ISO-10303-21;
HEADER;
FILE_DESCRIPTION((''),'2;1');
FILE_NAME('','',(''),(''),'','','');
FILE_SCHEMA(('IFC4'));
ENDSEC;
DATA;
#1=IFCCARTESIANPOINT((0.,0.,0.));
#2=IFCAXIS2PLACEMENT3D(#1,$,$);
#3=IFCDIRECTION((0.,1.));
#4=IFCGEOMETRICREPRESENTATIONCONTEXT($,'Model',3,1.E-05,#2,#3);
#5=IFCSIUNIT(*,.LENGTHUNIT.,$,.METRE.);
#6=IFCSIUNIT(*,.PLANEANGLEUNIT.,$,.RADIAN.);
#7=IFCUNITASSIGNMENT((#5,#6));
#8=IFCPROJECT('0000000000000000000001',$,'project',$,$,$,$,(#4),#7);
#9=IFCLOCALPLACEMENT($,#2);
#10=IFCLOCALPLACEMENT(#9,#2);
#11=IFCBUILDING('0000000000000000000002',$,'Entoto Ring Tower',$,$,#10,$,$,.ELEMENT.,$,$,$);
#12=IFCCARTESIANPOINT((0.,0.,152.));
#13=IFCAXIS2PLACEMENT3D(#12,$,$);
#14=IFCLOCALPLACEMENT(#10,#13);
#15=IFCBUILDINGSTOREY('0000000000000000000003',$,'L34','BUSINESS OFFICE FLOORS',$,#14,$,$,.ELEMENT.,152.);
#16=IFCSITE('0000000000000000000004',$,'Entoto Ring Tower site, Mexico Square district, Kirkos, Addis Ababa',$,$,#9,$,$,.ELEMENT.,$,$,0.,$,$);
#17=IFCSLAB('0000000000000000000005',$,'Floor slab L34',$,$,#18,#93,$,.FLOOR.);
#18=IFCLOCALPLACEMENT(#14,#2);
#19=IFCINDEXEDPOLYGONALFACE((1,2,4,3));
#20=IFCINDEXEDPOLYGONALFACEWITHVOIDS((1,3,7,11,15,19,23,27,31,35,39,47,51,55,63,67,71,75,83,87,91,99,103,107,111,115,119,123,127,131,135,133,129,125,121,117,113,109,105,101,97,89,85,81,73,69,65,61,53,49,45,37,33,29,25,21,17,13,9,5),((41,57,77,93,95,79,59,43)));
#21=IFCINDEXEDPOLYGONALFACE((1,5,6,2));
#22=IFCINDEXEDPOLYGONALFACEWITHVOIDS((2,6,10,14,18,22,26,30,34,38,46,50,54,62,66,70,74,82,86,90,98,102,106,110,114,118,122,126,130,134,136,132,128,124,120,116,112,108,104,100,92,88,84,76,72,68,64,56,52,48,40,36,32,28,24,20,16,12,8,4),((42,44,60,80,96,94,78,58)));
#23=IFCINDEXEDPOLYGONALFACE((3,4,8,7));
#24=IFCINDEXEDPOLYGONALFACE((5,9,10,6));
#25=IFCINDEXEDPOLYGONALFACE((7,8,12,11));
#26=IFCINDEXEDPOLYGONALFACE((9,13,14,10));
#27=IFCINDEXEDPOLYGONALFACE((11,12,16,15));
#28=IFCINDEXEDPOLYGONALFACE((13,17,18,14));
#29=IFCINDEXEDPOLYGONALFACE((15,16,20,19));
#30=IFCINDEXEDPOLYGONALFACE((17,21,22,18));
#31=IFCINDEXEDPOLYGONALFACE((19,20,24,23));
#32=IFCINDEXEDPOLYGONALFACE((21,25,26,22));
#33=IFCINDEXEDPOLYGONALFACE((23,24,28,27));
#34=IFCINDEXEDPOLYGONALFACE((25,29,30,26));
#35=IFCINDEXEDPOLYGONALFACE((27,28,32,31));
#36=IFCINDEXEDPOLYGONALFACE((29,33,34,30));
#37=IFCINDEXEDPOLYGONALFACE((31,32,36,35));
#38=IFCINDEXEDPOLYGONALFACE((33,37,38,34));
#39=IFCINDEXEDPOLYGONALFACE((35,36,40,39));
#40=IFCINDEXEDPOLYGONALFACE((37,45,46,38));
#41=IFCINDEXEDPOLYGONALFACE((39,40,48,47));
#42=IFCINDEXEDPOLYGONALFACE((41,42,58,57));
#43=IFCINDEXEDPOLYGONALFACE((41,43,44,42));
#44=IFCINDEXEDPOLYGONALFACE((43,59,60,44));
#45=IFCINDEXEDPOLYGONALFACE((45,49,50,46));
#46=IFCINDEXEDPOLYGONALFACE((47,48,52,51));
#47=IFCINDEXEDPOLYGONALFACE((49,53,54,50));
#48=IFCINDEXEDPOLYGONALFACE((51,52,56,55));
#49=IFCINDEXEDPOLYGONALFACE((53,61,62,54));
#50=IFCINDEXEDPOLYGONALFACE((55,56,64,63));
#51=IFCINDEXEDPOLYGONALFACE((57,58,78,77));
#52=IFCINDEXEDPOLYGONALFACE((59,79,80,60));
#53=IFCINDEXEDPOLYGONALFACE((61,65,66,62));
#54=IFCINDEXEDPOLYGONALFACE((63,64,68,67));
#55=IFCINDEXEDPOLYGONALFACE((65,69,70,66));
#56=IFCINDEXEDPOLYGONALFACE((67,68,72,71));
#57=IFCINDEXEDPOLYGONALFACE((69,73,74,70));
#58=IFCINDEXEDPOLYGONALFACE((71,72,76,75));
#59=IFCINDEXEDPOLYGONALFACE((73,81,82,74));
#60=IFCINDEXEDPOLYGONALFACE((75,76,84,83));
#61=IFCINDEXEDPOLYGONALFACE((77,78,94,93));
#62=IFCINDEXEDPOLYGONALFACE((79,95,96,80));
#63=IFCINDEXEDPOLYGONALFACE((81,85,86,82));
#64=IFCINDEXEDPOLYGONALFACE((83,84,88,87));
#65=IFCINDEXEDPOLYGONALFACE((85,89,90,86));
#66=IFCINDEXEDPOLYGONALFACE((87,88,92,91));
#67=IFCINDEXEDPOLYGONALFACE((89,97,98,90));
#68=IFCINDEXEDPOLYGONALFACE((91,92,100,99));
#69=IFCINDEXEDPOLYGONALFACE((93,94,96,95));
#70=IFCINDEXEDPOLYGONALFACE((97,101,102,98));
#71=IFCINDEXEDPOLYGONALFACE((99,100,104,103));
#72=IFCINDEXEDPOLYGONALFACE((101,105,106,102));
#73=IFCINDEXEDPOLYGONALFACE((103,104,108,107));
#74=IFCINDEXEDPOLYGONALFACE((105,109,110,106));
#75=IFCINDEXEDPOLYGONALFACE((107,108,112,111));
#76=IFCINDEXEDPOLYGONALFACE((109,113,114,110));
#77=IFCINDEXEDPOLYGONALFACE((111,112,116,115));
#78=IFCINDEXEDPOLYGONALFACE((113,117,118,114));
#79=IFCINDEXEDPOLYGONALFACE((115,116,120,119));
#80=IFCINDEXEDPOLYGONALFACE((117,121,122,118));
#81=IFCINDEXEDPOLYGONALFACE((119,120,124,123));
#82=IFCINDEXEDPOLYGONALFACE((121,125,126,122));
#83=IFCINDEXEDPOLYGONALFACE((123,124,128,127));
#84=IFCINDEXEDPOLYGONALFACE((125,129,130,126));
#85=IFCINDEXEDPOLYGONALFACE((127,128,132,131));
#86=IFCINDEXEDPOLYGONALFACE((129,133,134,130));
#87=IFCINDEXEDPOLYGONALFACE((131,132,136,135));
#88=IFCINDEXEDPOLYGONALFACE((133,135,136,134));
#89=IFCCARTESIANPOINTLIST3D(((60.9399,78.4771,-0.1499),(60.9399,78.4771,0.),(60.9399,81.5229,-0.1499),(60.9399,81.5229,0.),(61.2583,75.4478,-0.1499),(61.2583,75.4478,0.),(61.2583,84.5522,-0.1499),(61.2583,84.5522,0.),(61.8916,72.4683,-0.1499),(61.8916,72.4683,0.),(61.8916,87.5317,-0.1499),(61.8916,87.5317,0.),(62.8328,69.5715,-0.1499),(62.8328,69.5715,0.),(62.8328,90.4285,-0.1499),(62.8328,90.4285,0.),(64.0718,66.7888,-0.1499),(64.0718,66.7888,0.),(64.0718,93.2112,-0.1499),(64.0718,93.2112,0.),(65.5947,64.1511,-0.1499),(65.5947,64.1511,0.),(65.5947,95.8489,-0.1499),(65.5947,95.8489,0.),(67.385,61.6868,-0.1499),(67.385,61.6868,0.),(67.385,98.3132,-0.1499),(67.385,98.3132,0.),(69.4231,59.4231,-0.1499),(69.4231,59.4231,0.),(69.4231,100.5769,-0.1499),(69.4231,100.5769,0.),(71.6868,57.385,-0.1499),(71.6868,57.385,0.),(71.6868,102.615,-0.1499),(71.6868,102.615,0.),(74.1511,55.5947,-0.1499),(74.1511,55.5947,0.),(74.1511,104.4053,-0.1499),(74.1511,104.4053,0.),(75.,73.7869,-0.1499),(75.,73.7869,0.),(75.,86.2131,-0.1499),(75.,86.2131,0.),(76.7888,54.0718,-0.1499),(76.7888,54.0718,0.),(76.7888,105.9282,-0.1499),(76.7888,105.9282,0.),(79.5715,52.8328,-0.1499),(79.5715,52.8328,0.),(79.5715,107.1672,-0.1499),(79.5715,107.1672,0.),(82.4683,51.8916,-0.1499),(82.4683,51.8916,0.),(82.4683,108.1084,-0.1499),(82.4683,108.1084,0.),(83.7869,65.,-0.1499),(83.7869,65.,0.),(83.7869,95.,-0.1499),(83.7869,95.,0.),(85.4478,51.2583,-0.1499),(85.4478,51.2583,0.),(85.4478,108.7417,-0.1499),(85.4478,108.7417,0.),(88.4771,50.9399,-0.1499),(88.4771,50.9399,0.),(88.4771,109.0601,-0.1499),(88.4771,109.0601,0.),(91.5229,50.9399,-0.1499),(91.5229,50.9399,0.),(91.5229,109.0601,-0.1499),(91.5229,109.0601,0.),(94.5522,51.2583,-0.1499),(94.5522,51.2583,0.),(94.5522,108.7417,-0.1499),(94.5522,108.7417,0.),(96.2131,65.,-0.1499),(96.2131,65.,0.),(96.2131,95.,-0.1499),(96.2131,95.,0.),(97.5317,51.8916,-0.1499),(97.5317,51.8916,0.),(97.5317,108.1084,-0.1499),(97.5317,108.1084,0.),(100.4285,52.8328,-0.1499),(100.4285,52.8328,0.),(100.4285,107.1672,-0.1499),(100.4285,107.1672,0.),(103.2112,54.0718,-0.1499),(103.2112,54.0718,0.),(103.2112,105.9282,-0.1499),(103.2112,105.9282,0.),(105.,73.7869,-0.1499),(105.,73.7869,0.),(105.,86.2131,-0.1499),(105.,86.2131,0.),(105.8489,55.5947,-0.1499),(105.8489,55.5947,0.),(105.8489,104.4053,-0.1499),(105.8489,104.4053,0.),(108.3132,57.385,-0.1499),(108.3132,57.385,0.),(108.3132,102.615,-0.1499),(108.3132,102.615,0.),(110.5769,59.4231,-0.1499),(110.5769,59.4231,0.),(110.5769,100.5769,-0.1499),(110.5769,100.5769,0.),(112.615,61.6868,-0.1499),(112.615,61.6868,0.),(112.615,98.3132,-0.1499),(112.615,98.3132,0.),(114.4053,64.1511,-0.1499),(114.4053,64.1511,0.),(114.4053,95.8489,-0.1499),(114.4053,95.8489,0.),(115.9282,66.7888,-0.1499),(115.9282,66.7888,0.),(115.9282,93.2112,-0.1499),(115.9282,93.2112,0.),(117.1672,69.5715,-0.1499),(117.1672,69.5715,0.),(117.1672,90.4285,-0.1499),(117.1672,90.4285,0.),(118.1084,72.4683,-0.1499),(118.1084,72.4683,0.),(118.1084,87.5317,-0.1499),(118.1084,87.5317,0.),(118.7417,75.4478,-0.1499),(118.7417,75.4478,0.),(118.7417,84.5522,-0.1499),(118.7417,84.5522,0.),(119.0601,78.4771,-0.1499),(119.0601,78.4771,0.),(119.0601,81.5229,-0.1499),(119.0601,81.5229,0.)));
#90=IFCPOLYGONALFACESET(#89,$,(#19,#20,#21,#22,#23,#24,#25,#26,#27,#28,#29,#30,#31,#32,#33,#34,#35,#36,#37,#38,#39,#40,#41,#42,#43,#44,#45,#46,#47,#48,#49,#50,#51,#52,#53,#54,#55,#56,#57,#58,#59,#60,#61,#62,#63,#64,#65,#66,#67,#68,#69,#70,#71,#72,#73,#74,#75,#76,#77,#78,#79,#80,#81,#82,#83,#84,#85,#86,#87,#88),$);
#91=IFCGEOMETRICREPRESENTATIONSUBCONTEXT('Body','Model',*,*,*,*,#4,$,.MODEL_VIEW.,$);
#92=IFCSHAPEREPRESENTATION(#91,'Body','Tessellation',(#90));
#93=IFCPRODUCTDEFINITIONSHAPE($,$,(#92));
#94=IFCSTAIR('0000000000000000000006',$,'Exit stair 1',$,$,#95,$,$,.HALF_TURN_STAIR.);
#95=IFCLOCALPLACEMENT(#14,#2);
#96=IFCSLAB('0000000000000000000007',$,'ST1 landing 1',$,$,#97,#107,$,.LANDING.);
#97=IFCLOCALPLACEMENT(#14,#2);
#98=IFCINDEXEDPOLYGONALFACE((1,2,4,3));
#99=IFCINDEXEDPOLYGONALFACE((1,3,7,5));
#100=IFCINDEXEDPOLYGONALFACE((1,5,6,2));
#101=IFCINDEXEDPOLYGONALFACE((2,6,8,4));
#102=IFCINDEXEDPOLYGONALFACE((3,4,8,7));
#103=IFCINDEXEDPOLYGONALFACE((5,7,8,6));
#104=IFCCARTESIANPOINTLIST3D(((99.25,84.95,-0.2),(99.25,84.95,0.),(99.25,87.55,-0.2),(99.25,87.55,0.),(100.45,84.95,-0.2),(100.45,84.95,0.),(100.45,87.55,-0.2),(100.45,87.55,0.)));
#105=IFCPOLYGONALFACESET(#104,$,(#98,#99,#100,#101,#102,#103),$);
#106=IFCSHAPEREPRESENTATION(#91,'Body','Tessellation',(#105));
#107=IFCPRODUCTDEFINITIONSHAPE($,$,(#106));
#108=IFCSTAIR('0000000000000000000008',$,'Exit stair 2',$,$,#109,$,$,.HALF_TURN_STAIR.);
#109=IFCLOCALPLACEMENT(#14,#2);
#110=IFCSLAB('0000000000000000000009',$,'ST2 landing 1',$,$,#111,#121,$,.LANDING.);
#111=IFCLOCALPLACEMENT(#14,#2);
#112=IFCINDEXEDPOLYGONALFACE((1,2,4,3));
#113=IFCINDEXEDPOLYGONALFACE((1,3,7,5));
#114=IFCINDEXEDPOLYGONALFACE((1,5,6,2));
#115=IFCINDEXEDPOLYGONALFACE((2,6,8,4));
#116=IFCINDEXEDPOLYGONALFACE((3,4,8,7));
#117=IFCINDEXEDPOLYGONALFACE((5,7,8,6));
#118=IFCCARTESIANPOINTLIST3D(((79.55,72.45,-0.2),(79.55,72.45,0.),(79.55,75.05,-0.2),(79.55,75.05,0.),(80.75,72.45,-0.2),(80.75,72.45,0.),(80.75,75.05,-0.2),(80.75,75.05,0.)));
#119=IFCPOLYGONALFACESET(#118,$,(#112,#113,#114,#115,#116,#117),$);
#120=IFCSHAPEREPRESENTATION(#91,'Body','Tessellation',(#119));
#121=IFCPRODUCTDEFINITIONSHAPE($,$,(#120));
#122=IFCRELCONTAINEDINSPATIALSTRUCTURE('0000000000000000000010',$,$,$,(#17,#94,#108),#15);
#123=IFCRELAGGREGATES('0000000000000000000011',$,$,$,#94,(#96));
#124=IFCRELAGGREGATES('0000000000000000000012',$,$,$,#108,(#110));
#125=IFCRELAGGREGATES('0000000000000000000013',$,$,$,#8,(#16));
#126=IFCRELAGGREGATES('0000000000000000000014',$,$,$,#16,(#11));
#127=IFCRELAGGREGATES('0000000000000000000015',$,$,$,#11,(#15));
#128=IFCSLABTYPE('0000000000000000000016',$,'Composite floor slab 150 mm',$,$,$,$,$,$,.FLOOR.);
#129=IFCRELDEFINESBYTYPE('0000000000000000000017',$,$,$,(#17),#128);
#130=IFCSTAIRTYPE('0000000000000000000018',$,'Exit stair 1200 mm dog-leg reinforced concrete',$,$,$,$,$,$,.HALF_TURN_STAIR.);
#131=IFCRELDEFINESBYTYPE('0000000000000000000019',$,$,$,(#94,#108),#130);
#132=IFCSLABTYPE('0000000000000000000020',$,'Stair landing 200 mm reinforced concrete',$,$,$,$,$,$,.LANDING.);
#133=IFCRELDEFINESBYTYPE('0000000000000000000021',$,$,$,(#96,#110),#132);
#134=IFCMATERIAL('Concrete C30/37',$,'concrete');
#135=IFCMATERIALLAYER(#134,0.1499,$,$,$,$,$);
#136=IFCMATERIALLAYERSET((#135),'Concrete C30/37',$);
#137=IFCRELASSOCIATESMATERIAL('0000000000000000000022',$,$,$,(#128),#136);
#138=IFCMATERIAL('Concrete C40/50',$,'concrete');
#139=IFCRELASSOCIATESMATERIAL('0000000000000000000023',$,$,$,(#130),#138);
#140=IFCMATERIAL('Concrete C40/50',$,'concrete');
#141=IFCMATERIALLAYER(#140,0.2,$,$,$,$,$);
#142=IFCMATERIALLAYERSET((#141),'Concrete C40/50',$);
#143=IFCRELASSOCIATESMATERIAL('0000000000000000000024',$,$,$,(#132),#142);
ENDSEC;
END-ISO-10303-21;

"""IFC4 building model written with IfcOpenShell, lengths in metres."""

from ifc_helpers import new_model, si_unit, direction, frame, origin, place, context, subcontext, project, spatial, polyline, outline, extrude, material, layer, layer_set, type_object, element, aggregate, save


model = new_model("IFC4")

# Units and contexts
model_context = context("Model", 3, precision=1e-05, world=origin(), true_north=direction((0.0, 1.0)))
body_context = subcontext(model_context, "Body", "Model", "MODEL_VIEW")
ifc_project = project(units=[si_unit("LENGTHUNIT", "METRE"), si_unit("PLANEANGLEUNIT", "RADIAN")], contexts=[model_context])

# Site, building, storey
site_placement = place(None, origin())
building_placement = place(site_placement, origin())
storey_placement = place(building_placement, frame((0.0, 0.0, 152.0)))
site = spatial("IfcSite", under=ifc_project, at=site_placement, Name="Entoto Ring Tower site, Mexico Square district, Kirkos, Addis Ababa", CompositionType="ELEMENT", RefElevation=0.0)
building = spatial("IfcBuilding", under=site, at=building_placement, Name="Entoto Ring Tower", CompositionType="ELEMENT")
storey = spatial("IfcBuildingStorey", under=building, at=storey_placement, Name="L34", Description="BUSINESS OFFICE FLOORS", CompositionType="ELEMENT", Elevation=152.0)

# Slab
ifc_material_1 = material(Name="Concrete C30/37", Category="concrete")
ifc_layer_1 = layer(ifc_material_1, 0.1499)
ifc_layer_set_1 = layer_set([ifc_layer_1], Name="Concrete C30/37")
slab_type_1 = type_object("IfcSlabType", Name="Composite floor slab 150 mm", PredefinedType="FLOOR", material=ifc_layer_set_1)
slab_1_placement = place(storey_placement, frame((0.0, 0.0, -0.1499)))
element("IfcSlab", 1, at=slab_1_placement, inside=storey, type_object=slab_type_1, Name="Floor slab L34", PredefinedType="FLOOR", context=body_context, shape_type="SweptSolid", body=[
    extrude(outline(polyline([(118.7417, 84.5522), (118.1084, 87.5317), (117.1672, 90.4285), (115.9282, 93.2112), (114.4053, 95.8489), (112.615, 98.3132), (110.5769, 100.5769), (108.3132, 102.615), (105.8489, 104.4053), (103.2112, 105.9282), (100.4285, 107.1672), (97.5317, 108.1084), (94.5522, 108.7417), (91.5229, 109.0601), (88.4771, 109.0601), (85.4478, 108.7417), (82.4683, 108.1084), (79.5715, 107.1672), (76.7888, 105.9282), (74.1511, 104.4053), (71.6868, 102.615), (69.4231, 100.5769), (67.385, 98.3132), (65.5947, 95.8489), (64.0718, 93.2112), (62.8328, 90.4285), (61.8916, 87.5317), (61.2583, 84.5522), (60.9399, 81.5229), (60.9399, 78.4771), (61.2583, 75.4478), (61.8916, 72.4683), (62.8328, 69.5715), (64.0718, 66.7888), (65.5947, 64.1511), (67.385, 61.6868), (69.4231, 59.4231), (71.6868, 57.385), (74.1511, 55.5947), (76.7888, 54.0718), (79.5715, 52.8328), (82.4683, 51.8916), (85.4478, 51.2583), (88.4771, 50.9399), (91.5229, 50.9399), (94.5522, 51.2583), (97.5317, 51.8916), (100.4285, 52.8328), (103.2112, 54.0718), (105.8489, 55.5947), (108.3132, 57.385), (110.5769, 59.4231), (112.615, 61.6868), (114.4053, 64.1511), (115.9282, 66.7888), (117.1672, 69.5715), (118.1084, 72.4683), (118.7417, 75.4478), (119.0601, 78.4771), (119.0601, 81.5229), (118.7417, 84.5522)]), holes=[polyline([(105.0, 73.7869), (105.0, 86.2131), (96.2131, 95.0), (83.7869, 95.0), (75.0, 86.2131), (75.0, 73.7869), (83.7869, 65.0), (96.2131, 65.0), (105.0, 73.7869)])]), origin(), (0.0, 0.0, 1.0), 0.1499),
])

# Stairs, slabs
ifc_material_2 = material(Name="Concrete C40/50", Category="concrete")
stair_type = type_object("IfcStairType", Name="Exit stair 1200 mm dog-leg reinforced concrete", PredefinedType="HALF_TURN_STAIR", material=ifc_material_2)
stair_1_placement = place(storey_placement, origin())
stair_1 = element("IfcStair", 2, at=stair_1_placement, inside=storey, type_object=stair_type, Name="Exit stair 1", PredefinedType="HALF_TURN_STAIR")
ifc_material_3 = material(Name="Concrete C40/50", Category="concrete")
ifc_layer_2 = layer(ifc_material_3, 0.2)
ifc_layer_set_2 = layer_set([ifc_layer_2], Name="Concrete C40/50")
slab_type_2 = type_object("IfcSlabType", Name="Stair landing 200 mm reinforced concrete", PredefinedType="LANDING", material=ifc_layer_set_2)
slab_2_placement = place(storey_placement, frame((0.0, 0.0, -0.2)))
slab_2 = element("IfcSlab", 3, at=slab_2_placement, type_object=slab_type_2, Name="ST1 landing 1", PredefinedType="LANDING", context=body_context, shape_type="SweptSolid", body=[
    extrude(outline(polyline([(100.45, 84.95), (100.45, 87.55), (99.25, 87.55), (99.25, 84.95), (100.45, 84.95)])), origin(), (0.0, 0.0, 1.0), 0.2),
])
aggregate(stair_1, [slab_2])
stair_2_placement = place(storey_placement, origin())
stair_2 = element("IfcStair", 4, at=stair_2_placement, inside=storey, type_object=stair_type, Name="Exit stair 2", PredefinedType="HALF_TURN_STAIR")
slab_3_placement = place(storey_placement, frame((0.0, 0.0, -0.2)))
slab_3 = element("IfcSlab", 5, at=slab_3_placement, type_object=slab_type_2, Name="ST2 landing 1", PredefinedType="LANDING", context=body_context, shape_type="SweptSolid", body=[
    extrude(outline(polyline([(80.75, 72.45), (80.75, 75.05), (79.55, 75.05), (79.55, 72.45), (80.75, 72.45)])), origin(), (0.0, 0.0, 1.0), 0.2),
])
aggregate(stair_2, [slab_3])

save(model, "model.ifc")
